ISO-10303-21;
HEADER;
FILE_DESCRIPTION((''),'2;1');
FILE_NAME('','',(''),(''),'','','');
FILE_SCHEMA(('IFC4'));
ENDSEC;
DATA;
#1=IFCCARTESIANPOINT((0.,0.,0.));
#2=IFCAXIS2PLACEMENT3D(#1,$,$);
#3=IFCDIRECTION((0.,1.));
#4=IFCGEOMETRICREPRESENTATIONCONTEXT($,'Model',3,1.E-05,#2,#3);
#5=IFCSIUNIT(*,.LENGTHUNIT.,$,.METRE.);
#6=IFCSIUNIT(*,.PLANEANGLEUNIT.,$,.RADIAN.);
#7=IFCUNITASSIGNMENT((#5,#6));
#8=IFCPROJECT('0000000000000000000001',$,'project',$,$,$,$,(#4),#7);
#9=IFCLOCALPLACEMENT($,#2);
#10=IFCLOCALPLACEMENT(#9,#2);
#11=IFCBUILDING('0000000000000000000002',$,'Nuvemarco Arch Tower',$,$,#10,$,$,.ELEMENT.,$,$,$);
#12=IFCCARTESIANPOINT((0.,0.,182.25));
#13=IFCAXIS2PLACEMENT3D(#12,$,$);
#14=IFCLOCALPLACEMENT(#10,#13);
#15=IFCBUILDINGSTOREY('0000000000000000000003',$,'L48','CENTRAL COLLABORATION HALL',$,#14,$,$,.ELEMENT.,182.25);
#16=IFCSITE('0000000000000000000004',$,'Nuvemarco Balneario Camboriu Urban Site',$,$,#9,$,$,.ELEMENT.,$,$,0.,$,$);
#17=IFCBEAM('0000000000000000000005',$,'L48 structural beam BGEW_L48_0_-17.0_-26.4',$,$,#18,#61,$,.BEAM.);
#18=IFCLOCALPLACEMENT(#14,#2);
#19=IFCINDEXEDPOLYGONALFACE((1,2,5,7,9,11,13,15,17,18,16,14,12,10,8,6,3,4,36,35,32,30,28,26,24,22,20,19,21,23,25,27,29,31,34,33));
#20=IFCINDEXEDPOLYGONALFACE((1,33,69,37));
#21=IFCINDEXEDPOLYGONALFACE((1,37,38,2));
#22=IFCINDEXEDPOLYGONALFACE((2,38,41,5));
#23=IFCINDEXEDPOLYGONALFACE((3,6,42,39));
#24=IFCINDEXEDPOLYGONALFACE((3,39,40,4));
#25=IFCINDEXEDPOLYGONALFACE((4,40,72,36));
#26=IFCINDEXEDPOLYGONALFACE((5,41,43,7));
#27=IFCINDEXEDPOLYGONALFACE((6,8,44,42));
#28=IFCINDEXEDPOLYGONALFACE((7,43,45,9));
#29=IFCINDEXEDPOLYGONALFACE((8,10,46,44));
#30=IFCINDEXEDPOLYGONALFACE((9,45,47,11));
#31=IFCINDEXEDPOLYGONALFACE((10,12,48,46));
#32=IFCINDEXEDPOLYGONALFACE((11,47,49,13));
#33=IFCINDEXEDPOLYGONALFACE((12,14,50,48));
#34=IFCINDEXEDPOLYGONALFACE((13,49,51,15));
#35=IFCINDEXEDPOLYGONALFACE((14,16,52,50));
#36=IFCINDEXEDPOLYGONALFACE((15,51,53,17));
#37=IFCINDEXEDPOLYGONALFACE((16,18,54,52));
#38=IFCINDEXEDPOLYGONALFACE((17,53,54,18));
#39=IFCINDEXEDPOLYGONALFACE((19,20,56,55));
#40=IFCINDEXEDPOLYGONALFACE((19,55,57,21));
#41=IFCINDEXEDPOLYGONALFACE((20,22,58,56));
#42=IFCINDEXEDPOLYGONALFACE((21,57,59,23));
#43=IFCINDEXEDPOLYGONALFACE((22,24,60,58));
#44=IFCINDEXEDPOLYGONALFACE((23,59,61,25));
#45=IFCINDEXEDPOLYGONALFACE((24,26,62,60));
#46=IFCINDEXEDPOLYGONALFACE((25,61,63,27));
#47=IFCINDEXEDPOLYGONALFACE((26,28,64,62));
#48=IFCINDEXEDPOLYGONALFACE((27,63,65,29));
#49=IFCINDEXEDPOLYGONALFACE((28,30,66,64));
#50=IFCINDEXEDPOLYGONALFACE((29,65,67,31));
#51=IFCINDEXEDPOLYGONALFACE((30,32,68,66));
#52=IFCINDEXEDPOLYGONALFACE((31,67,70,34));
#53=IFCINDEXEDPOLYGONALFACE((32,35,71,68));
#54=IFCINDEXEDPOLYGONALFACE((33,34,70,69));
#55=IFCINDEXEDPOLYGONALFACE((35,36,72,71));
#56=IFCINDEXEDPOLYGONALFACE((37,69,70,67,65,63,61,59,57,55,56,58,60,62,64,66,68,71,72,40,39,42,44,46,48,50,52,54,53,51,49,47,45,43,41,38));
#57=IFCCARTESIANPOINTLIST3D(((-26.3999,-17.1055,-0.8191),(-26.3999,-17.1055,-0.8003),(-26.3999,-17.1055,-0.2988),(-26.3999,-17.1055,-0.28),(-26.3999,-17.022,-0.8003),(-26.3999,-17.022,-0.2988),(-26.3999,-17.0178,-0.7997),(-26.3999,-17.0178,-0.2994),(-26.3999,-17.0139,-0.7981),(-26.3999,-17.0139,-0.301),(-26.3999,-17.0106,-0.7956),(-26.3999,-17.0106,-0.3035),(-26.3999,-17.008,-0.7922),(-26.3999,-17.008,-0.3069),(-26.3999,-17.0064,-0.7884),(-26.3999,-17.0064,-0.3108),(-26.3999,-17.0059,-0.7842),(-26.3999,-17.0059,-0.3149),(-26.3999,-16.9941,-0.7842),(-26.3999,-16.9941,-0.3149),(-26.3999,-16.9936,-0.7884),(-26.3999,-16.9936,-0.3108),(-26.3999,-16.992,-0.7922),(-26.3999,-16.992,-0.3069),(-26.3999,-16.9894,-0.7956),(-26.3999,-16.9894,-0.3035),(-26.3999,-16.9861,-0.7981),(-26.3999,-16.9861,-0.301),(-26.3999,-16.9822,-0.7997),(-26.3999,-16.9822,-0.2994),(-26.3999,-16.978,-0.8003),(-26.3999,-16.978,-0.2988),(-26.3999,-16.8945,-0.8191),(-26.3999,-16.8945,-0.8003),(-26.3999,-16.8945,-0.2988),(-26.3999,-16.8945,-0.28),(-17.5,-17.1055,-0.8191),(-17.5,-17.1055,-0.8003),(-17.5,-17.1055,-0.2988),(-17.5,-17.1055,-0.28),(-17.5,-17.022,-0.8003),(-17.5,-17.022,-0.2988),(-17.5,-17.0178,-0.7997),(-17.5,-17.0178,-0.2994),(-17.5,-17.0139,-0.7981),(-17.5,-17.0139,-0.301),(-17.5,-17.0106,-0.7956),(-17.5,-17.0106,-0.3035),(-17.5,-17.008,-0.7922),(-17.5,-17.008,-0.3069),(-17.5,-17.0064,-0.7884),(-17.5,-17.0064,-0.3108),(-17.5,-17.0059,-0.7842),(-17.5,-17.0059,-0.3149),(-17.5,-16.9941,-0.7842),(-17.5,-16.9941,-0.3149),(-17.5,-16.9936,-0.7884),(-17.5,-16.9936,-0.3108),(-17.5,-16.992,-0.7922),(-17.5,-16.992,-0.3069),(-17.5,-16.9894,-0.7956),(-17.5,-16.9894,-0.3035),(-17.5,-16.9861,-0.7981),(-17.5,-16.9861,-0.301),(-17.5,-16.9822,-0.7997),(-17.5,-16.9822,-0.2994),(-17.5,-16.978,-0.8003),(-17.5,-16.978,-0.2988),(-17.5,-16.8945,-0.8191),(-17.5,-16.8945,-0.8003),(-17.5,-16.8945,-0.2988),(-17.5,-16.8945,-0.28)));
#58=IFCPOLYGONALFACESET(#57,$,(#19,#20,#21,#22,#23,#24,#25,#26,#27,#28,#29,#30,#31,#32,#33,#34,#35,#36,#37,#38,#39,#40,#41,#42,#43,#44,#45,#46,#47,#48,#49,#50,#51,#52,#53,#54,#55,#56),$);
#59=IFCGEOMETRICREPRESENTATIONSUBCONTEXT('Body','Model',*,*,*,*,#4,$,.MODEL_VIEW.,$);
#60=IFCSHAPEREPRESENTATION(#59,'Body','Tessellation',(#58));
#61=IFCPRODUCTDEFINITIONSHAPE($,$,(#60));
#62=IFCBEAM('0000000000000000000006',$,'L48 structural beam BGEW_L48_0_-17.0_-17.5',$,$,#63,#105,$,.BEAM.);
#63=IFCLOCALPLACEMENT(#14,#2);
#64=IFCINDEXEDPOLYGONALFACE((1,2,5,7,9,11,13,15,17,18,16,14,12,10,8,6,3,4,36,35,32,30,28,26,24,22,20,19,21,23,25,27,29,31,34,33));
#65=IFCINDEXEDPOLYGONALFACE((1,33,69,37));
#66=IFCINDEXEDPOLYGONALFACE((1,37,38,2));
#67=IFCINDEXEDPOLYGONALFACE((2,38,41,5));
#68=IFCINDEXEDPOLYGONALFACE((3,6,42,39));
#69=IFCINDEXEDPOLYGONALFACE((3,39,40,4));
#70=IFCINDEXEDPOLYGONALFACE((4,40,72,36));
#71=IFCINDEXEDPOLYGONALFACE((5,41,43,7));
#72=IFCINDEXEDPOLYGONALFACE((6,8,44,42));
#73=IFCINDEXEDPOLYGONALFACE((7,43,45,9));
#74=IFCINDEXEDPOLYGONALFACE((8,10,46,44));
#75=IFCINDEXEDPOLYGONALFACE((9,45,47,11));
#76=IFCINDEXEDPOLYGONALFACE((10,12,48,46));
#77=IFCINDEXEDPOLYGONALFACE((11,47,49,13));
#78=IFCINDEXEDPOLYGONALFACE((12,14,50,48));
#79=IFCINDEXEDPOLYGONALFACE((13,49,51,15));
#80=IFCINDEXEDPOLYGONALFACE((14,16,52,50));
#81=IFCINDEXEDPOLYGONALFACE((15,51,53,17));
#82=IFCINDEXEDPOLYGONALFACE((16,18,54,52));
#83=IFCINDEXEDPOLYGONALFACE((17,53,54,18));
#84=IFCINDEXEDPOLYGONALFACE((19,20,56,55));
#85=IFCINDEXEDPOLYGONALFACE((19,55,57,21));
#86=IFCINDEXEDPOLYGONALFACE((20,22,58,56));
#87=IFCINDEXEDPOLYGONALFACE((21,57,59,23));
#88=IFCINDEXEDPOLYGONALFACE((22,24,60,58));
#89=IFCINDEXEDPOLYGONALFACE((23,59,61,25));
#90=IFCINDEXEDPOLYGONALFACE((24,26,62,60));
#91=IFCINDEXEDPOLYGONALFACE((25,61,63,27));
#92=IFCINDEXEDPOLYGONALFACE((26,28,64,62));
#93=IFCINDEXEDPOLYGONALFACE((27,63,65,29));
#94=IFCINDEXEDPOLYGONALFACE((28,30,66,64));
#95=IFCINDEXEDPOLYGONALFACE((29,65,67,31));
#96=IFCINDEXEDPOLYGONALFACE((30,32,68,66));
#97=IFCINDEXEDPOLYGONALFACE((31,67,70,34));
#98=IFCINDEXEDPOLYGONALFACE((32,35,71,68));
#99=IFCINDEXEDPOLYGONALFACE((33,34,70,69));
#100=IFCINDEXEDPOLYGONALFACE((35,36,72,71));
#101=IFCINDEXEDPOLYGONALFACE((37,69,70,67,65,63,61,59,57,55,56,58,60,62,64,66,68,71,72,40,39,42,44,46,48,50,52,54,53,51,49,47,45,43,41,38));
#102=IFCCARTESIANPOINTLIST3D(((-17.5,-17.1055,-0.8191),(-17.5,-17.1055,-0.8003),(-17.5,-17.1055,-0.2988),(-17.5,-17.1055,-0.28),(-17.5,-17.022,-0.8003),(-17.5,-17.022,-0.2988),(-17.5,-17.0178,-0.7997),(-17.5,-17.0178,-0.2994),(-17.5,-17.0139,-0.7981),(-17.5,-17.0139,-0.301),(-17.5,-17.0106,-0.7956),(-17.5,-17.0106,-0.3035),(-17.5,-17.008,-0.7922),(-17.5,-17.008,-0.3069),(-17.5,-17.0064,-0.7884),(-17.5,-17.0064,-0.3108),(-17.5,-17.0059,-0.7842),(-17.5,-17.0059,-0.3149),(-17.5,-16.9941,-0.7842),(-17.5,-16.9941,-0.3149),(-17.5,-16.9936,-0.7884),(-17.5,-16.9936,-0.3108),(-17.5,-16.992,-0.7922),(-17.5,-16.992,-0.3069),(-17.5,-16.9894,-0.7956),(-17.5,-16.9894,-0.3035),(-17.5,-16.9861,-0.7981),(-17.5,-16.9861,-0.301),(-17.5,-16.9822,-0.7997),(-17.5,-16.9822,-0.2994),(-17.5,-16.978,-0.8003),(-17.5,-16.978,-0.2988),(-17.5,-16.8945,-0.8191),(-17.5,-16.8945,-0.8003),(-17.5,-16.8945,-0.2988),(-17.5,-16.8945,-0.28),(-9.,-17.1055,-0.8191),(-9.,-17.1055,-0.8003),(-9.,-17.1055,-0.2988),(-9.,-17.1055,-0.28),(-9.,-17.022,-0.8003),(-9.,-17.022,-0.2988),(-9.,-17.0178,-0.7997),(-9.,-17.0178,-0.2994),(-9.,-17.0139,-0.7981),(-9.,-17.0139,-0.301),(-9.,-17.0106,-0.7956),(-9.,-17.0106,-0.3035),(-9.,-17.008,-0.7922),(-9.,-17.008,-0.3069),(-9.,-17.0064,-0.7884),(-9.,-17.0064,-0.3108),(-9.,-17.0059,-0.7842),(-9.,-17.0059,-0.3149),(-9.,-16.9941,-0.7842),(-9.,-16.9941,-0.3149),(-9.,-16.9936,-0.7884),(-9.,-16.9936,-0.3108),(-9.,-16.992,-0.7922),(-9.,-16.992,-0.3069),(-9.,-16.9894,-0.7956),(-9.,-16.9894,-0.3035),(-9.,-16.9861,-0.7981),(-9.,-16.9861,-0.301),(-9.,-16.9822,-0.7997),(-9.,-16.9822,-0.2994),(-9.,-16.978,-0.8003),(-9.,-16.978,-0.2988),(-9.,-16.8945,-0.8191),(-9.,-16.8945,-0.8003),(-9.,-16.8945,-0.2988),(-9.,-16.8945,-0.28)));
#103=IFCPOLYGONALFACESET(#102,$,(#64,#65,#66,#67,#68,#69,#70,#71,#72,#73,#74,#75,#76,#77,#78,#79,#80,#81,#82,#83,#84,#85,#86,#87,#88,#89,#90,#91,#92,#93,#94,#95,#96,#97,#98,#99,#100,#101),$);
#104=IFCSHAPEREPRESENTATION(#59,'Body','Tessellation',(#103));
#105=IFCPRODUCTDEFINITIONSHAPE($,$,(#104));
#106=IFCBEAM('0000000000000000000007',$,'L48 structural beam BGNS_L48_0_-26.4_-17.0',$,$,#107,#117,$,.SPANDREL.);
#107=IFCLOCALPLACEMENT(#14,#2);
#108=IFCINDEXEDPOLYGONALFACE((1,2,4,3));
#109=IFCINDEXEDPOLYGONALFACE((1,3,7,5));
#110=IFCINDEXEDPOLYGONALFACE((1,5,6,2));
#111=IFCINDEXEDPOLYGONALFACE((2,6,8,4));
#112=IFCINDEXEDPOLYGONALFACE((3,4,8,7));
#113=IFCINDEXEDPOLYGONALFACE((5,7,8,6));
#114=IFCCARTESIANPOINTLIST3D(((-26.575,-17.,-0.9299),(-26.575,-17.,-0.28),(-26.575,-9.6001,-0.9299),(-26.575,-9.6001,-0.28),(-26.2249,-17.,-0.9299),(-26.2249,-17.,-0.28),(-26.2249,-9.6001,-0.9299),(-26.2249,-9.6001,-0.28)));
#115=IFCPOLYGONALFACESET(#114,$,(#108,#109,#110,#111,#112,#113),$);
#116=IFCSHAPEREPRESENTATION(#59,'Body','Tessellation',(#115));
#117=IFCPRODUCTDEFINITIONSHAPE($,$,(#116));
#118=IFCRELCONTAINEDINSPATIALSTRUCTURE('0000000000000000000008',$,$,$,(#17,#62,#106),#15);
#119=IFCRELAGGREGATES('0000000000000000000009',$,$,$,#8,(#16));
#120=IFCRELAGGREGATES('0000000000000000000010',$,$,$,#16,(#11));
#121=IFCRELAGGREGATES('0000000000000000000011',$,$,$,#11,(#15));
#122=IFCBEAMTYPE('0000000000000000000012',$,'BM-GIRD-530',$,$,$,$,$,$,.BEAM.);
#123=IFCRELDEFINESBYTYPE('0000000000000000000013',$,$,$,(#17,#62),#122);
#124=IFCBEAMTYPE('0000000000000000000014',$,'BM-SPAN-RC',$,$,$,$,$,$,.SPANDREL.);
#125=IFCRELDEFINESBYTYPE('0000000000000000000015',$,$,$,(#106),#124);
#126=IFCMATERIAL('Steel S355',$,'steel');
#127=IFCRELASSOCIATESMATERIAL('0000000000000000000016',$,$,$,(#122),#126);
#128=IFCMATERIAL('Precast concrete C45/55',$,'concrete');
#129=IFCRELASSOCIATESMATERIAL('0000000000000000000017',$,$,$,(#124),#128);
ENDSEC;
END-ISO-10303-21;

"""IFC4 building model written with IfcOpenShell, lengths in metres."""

from ifc_helpers import new_model, si_unit, direction, frame, origin, origin_2d, place, context, subcontext, project, spatial, rectangle, i_section, extrude, material, material_profile, profile_set, type_object, element, save


model = new_model("IFC4")

# Units and contexts
model_context = context("Model", 3, precision=1e-05, world=origin(), true_north=direction((0.0, 1.0)))
body_context = subcontext(model_context, "Body", "Model", "MODEL_VIEW")
ifc_project = project(units=[si_unit("LENGTHUNIT", "METRE"), si_unit("PLANEANGLEUNIT", "RADIAN")], contexts=[model_context])

# Site, building, storey
site_placement = place(None, origin())
site = spatial("IfcSite", under=ifc_project, at=site_placement, Name="Nuvemarco Balneario Camboriu Urban Site", CompositionType="ELEMENT", RefElevation=0.0)
building_placement = place(site_placement, origin())
building = spatial("IfcBuilding", under=site, at=building_placement, Name="Nuvemarco Arch Tower", CompositionType="ELEMENT")
storey_placement = place(building_placement, frame((0.0, 0.0, 182.25)))
storey = spatial("IfcBuildingStorey", under=building, at=storey_placement, Name="L48", Description="CENTRAL COLLABORATION HALL", CompositionType="ELEMENT", Elevation=182.25)

# Shared definitions
ifc_material_1 = material(Name="Steel S355", Category="steel")

# Beams
ifc_material_profile_1 = material_profile(ifc_material_1, i_section(OverallWidth=0.2109, OverallDepth=0.5391, WebThickness=0.0117, FlangeThickness=0.0188, FilletRadius=0.0161, at=origin_2d()), Name="W530x109")
ifc_profile_set_1 = profile_set([ifc_material_profile_1], Name="Steel S355")
beam_type_1 = type_object("IfcBeamType", Name="BM-GIRD-530", PredefinedType="BEAM", material=ifc_profile_set_1)
beam_1_placement = place(storey_placement, frame((-26.3999, -17.0, -0.5496), z_axis=(1.0, 0.0, 0.0), x_axis=(0.0, 1.0, 0.0)))
element("IfcBeam", 1, at=beam_1_placement, inside=storey, type_object=beam_type_1, Name="L48 structural beam BGEW_L48_0_-17.0_-26.4", PredefinedType="BEAM", context=body_context, shape_type="SweptSolid", body=[
    extrude(i_section(OverallWidth=0.2109, OverallDepth=0.5391, WebThickness=0.0117, FlangeThickness=0.0188, FilletRadius=0.0161, at=origin_2d()), origin(), (0.0, 0.0, 1.0), 8.8999),
])
beam_2_placement = place(storey_placement, frame((-17.5, -17.0, -0.5496), z_axis=(1.0, 0.0, 0.0), x_axis=(0.0, 1.0, 0.0)))
element("IfcBeam", 2, at=beam_2_placement, inside=storey, type_object=beam_type_1, Name="L48 structural beam BGEW_L48_0_-17.0_-17.5", PredefinedType="BEAM", context=body_context, shape_type="SweptSolid", body=[
    extrude(i_section(OverallWidth=0.2109, OverallDepth=0.5391, WebThickness=0.0117, FlangeThickness=0.0188, FilletRadius=0.0161, at=origin_2d()), origin(), (0.0, 0.0, 1.0), 8.5),
])
ifc_material_2 = material(Name="Precast concrete C45/55", Category="concrete")
ifc_material_profile_2 = material_profile(ifc_material_2, rectangle(XDim=0.3501, YDim=0.6499, at=origin_2d()), Name="PC-SP-350x650")
ifc_profile_set_2 = profile_set([ifc_material_profile_2], Name="Precast concrete C45/55")
beam_type_2 = type_object("IfcBeamType", Name="BM-SPAN-RC", PredefinedType="SPANDREL", material=ifc_profile_set_2)
beam_3_placement = place(storey_placement, frame((-26.3999, -17.0, -0.605), z_axis=(0.0, 1.0, 0.0), x_axis=(-1.0, 0.0, 0.0)))
element("IfcBeam", 3, at=beam_3_placement, inside=storey, type_object=beam_type_2, Name="L48 structural beam BGNS_L48_0_-26.4_-17.0", PredefinedType="SPANDREL", context=body_context, shape_type="SweptSolid", body=[
    extrude(rectangle(XDim=0.3501, YDim=0.6499, at=origin_2d()), origin(), (0.0, 0.0, 1.0), 7.3999),
])

save(model, "model.ifc")
